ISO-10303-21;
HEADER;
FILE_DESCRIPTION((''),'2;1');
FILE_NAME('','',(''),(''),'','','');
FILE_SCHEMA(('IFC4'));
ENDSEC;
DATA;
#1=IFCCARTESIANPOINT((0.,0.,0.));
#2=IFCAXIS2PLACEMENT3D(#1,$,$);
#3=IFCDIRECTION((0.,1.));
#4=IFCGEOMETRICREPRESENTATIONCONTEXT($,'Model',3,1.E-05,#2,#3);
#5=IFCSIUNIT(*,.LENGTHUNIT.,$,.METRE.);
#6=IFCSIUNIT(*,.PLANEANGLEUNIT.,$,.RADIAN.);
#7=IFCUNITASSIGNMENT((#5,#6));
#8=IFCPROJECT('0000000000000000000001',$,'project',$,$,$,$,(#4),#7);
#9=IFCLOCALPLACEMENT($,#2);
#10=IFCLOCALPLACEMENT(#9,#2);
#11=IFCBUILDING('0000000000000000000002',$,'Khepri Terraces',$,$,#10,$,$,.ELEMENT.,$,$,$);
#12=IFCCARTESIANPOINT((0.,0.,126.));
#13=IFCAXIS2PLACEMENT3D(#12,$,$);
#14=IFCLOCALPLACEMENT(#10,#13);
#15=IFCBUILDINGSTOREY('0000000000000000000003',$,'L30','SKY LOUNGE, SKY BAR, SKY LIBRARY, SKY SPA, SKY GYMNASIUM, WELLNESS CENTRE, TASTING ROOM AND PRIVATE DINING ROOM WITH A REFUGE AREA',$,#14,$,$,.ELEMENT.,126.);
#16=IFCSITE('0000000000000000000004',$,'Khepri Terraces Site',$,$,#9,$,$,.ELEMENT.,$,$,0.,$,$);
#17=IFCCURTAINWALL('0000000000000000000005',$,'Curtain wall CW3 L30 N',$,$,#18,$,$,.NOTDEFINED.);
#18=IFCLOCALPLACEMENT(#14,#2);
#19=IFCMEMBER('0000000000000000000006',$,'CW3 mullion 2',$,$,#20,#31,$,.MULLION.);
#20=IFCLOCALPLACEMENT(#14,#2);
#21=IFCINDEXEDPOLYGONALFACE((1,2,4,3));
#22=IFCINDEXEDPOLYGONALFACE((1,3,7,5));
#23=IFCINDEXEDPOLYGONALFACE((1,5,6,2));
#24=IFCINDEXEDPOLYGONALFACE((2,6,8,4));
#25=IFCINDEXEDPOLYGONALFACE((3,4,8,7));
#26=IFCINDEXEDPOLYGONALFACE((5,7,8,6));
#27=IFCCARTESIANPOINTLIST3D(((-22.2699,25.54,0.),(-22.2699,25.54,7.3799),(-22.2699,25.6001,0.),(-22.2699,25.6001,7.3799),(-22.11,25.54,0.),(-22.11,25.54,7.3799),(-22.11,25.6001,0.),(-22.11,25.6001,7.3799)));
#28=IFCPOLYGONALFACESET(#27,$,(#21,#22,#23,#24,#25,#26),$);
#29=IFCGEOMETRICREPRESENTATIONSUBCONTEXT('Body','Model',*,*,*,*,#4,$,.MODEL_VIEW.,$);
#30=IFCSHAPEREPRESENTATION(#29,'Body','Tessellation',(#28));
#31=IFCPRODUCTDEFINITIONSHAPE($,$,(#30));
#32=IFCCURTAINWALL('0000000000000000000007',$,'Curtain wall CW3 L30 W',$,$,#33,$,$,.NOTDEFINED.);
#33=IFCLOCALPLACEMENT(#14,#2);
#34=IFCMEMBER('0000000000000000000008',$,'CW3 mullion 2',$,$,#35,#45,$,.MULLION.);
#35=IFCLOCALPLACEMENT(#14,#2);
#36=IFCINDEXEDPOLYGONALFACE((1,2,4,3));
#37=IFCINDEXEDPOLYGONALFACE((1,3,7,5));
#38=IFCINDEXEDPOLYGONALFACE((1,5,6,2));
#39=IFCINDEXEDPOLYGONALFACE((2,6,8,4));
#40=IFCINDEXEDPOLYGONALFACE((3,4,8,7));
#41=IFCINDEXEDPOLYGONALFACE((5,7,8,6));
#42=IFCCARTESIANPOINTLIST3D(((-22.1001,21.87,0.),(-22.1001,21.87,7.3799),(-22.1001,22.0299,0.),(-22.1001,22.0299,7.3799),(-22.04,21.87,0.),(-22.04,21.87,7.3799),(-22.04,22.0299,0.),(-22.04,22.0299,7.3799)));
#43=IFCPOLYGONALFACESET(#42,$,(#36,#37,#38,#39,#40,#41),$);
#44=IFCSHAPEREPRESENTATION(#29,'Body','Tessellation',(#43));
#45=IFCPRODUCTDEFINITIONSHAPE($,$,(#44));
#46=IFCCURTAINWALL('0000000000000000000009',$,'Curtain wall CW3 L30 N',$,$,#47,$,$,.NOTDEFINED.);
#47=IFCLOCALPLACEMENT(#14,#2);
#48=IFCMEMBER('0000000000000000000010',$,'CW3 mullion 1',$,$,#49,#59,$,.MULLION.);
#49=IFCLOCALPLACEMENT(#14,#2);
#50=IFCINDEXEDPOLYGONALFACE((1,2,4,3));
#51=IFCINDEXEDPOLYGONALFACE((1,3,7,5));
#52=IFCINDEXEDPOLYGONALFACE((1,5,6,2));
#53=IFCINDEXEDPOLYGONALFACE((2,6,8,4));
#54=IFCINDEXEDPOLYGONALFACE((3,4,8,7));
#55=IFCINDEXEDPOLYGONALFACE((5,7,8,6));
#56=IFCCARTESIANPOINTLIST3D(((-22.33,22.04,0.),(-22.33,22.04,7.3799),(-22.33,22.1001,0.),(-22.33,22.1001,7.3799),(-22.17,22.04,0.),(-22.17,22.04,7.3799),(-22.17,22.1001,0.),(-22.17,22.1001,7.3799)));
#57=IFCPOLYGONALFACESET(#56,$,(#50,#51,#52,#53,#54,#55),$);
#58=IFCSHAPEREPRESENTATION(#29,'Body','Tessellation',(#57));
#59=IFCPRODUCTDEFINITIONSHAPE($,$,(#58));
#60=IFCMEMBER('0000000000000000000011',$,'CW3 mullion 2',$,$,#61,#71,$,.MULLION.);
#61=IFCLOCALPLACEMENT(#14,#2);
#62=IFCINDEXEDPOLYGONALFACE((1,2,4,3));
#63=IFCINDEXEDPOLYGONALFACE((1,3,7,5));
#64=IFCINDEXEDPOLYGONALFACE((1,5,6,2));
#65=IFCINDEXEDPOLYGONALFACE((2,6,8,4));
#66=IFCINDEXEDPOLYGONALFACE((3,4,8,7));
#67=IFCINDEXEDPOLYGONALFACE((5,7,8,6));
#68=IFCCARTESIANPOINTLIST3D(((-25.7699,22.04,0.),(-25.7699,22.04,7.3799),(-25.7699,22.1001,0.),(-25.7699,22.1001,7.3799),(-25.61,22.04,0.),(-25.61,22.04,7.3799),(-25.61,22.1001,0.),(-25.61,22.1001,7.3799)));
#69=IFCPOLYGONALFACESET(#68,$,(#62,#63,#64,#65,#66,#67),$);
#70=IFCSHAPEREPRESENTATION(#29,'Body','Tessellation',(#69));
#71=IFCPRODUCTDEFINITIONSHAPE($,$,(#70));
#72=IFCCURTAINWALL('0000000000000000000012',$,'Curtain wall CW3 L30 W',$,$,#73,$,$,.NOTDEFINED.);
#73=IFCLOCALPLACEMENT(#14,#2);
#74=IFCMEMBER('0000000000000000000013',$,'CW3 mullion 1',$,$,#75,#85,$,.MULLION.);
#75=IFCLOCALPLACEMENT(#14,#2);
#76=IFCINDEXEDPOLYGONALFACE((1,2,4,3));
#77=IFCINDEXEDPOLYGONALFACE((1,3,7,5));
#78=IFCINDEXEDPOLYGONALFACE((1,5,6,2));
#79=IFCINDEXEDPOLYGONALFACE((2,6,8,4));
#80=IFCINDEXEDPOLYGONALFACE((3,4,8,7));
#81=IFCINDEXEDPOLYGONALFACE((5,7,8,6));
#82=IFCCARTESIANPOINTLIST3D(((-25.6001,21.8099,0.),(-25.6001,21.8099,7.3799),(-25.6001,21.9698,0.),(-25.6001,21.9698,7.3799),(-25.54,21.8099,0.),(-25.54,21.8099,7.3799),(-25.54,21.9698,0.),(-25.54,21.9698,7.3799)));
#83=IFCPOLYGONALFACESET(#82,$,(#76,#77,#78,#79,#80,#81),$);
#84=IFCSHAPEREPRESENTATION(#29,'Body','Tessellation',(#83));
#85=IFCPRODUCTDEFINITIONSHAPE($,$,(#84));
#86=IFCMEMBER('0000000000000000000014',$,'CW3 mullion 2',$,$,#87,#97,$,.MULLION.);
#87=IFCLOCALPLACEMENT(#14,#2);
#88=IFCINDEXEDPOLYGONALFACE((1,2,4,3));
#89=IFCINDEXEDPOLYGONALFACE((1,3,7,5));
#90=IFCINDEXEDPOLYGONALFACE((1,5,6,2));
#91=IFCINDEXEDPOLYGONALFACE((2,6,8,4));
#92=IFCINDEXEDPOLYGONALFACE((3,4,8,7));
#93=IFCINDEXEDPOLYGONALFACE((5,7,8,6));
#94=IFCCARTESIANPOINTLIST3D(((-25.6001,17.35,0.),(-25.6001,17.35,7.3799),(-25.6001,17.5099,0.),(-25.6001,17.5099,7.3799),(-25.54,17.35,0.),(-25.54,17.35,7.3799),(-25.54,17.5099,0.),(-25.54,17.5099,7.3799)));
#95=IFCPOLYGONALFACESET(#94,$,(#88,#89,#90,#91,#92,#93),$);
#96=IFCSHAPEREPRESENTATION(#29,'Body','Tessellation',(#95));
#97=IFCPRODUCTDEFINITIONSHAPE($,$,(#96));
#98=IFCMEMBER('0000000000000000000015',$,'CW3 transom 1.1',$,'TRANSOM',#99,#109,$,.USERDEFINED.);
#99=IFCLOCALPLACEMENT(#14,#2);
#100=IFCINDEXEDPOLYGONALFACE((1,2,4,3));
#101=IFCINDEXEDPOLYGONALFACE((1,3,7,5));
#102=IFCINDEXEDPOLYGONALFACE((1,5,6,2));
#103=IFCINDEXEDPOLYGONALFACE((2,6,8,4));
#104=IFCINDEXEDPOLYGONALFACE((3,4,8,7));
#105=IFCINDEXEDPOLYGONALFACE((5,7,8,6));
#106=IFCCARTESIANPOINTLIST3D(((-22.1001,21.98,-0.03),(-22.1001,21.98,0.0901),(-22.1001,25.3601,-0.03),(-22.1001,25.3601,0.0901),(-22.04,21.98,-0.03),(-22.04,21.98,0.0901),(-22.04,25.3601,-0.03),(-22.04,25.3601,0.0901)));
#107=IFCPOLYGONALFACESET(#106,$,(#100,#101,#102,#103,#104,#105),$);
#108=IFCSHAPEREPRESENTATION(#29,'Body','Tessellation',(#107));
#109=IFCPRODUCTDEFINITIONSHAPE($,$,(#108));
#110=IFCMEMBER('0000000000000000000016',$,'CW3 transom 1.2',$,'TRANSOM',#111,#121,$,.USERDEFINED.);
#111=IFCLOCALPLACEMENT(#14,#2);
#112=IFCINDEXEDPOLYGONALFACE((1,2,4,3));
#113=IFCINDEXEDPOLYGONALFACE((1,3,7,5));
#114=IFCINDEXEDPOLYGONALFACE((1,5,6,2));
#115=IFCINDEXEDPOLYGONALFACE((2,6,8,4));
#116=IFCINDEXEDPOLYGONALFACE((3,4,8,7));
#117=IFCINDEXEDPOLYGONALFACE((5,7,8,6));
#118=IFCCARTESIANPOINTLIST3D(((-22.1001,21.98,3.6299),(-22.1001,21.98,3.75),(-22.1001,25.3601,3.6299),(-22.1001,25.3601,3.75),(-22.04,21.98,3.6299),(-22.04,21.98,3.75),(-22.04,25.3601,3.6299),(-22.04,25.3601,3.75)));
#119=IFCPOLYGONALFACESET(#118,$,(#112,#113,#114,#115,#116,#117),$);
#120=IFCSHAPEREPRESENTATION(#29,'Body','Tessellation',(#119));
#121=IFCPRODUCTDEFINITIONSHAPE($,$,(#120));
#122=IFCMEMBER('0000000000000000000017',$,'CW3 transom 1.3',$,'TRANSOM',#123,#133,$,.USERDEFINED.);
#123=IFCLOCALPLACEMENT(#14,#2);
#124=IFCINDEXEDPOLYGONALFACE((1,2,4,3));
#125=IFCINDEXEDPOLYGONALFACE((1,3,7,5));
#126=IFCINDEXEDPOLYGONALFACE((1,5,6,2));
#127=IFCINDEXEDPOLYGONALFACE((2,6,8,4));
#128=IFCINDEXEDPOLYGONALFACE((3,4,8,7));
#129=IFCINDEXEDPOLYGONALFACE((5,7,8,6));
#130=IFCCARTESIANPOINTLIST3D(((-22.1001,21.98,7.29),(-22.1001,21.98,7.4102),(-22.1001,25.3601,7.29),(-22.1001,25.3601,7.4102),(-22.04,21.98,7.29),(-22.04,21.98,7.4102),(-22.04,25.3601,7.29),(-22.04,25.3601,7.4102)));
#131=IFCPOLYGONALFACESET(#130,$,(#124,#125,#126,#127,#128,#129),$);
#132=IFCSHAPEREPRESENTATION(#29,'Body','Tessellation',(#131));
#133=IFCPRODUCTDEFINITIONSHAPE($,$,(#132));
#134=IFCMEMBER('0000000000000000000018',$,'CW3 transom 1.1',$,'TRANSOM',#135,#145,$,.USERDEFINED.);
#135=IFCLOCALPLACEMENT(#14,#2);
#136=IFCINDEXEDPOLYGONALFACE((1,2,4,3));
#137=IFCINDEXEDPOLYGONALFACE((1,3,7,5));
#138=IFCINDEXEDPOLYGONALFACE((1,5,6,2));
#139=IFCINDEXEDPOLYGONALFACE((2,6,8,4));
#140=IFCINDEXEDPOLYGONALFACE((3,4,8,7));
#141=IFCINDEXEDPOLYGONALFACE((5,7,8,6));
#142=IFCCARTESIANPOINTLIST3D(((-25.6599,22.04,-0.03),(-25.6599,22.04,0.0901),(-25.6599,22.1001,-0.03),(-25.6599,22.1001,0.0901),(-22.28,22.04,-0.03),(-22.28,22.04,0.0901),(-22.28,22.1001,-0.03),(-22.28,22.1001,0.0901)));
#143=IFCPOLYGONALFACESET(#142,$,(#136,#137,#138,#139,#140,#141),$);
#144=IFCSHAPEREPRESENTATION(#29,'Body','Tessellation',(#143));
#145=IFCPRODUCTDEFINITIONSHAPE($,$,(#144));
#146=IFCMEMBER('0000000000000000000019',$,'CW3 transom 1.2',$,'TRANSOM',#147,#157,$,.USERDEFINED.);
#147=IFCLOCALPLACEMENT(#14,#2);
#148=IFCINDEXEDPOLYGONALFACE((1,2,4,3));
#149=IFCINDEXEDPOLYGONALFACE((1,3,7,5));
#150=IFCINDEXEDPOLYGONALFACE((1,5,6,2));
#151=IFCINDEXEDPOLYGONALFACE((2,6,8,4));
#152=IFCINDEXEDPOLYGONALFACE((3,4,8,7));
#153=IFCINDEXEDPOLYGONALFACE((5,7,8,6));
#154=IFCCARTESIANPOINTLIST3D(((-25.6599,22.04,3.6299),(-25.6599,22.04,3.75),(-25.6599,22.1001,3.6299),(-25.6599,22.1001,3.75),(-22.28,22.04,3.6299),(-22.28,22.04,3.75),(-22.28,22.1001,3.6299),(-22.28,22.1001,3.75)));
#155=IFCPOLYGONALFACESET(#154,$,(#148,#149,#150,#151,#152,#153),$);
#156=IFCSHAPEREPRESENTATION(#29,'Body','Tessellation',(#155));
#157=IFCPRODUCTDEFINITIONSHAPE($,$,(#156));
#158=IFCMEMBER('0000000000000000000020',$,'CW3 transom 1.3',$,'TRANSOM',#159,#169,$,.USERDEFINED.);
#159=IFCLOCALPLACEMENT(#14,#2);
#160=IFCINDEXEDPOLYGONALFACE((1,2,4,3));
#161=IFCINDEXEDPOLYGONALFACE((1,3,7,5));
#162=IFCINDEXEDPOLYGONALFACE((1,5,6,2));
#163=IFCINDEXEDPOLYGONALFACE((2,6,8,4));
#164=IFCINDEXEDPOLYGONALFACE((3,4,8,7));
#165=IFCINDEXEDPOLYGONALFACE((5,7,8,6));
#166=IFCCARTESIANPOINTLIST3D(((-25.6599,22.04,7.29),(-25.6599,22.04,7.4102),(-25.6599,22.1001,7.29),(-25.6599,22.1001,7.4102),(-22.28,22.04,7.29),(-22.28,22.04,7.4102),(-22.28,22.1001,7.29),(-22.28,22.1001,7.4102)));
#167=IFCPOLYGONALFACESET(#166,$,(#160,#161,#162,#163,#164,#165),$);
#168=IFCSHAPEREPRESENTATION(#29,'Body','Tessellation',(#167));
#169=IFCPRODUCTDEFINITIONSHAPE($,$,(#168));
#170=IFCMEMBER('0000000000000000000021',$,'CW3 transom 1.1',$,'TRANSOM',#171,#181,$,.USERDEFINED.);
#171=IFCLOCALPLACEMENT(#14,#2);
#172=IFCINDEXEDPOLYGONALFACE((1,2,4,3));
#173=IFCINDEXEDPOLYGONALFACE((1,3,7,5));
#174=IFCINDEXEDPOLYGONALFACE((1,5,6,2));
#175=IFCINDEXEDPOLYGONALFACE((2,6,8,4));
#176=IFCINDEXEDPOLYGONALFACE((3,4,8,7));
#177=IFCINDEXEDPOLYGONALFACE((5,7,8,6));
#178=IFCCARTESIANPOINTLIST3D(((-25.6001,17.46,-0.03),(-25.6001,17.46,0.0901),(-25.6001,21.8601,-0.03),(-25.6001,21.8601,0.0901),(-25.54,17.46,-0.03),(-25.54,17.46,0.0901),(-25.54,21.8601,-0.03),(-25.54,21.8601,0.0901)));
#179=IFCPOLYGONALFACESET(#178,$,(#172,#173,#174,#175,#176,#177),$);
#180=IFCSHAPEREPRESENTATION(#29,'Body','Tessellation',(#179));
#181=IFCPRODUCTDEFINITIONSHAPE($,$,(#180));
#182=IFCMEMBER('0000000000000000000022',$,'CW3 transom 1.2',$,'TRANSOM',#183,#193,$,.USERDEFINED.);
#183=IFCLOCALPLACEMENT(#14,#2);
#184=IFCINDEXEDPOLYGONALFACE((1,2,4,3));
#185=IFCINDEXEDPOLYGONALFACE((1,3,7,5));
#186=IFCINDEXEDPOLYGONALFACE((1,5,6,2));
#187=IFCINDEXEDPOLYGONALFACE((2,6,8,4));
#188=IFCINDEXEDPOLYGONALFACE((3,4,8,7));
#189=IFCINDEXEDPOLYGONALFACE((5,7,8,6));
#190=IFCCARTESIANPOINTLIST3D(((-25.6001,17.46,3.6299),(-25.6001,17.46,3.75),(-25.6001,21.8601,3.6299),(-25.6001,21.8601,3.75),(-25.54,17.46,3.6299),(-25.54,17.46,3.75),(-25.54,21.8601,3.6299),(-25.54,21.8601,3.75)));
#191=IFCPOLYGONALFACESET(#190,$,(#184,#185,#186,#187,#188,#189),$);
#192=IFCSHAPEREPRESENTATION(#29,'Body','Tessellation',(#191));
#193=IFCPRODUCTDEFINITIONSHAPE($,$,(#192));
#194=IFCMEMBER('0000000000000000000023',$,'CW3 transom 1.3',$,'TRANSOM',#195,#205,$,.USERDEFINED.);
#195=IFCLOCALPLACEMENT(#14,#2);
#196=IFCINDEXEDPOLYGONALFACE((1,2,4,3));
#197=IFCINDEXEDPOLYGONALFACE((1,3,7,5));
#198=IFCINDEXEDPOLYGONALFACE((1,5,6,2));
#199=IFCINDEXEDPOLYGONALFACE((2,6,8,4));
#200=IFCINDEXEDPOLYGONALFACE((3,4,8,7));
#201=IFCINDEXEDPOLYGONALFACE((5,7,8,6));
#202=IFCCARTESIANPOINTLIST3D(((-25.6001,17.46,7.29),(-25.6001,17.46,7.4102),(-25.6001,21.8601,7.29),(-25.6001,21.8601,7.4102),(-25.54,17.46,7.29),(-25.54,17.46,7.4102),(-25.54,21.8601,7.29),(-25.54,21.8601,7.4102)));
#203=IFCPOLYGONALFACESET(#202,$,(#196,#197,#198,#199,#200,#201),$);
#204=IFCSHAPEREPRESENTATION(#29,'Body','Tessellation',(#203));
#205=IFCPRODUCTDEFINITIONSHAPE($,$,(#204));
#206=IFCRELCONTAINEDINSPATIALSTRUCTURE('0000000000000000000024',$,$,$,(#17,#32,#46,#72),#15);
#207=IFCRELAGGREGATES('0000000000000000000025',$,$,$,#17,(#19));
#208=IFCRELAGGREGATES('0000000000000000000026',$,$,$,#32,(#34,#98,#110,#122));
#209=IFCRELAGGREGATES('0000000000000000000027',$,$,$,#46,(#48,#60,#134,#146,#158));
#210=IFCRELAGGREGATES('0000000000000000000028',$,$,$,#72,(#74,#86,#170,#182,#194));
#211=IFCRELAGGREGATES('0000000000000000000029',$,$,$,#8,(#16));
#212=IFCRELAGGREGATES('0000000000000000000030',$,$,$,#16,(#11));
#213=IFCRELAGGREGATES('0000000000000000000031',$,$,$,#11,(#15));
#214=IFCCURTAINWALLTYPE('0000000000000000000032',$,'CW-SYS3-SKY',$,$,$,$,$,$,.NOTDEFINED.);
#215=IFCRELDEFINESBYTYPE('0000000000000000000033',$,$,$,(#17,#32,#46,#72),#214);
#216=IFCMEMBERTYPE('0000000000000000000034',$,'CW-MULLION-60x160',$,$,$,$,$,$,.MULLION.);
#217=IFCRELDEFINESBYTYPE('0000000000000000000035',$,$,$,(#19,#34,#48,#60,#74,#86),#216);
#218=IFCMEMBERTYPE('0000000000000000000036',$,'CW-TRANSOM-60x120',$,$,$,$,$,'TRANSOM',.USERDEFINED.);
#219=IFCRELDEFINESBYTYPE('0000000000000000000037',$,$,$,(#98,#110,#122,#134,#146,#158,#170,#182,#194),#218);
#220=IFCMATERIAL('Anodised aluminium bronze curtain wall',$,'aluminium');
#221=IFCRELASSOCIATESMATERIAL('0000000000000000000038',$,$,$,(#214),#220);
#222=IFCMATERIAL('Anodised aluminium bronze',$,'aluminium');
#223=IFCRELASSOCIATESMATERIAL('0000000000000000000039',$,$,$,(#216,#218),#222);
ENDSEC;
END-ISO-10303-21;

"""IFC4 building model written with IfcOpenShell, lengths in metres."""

from ifc_helpers import new_model, si_unit, direction, frame, origin, origin_2d, place, context, subcontext, project, spatial, rectangle, extrude, material, material_profile, profile_set, type_object, element, aggregate, save


model = new_model("IFC4")

# Units and contexts
model_context = context("Model", 3, precision=1e-05, world=origin(), true_north=direction((0.0, 1.0)))
body_context = subcontext(model_context, "Body", "Model", "MODEL_VIEW")
ifc_project = project(units=[si_unit("LENGTHUNIT", "METRE"), si_unit("PLANEANGLEUNIT", "RADIAN")], contexts=[model_context])

# Site, building, storey
site_placement = place(None, origin())
site = spatial("IfcSite", under=ifc_project, at=site_placement, Name="Khepri Terraces Site", CompositionType="ELEMENT", RefElevation=0.0)
building_placement = place(site_placement, origin())
building = spatial("IfcBuilding", under=site, at=building_placement, Name="Khepri Terraces", CompositionType="ELEMENT")
storey_placement = place(building_placement, frame((0.0, 0.0, 126.0)))
storey = spatial("IfcBuildingStorey", under=building, at=storey_placement, Name="L30", Description="SKY LOUNGE, SKY BAR, SKY LIBRARY, SKY SPA, SKY GYMNASIUM, WELLNESS CENTRE, TASTING ROOM AND PRIVATE DINING ROOM WITH A REFUGE AREA", CompositionType="ELEMENT", Elevation=126.0)

# Curtain walls, members
ifc_material_1 = material(Name="Anodised aluminium bronze curtain wall", Category="aluminium")
curtain_wall_type = type_object("IfcCurtainWallType", Name="CW-SYS3-SKY", PredefinedType="NOTDEFINED", material=ifc_material_1)
curtain_wall_1_placement = place(storey_placement, origin())
curtain_wall_1 = element("IfcCurtainWall", 1, at=curtain_wall_1_placement, inside=storey, type_object=curtain_wall_type, Name="Curtain wall CW3 L30 N", PredefinedType="NOTDEFINED")
ifc_material_2 = material(Name="Anodised aluminium bronze", Category="aluminium")
ifc_material_profile_1 = material_profile(ifc_material_2, rectangle(XDim=0.0601, YDim=0.1599, at=origin_2d()), Name="Anodised aluminium bronze", Category="aluminium")
ifc_profile_set_1 = profile_set([ifc_material_profile_1], Name="Anodised aluminium bronze")
member_type_1 = type_object("IfcMemberType", Name="CW-MULLION-60x160", PredefinedType="MULLION", material=ifc_profile_set_1)
member_1_placement = place(storey_placement, frame((-22.1899, 25.5701, 0.0), z_axis=(0.0, 0.0, 1.0), x_axis=(0.0, -1.0, 0.0)))
member_1 = element("IfcMember", 2, at=member_1_placement, type_object=member_type_1, Name="CW3 mullion 2", PredefinedType="MULLION", context=body_context, shape_type="SweptSolid", body=[
    extrude(rectangle(XDim=0.0601, YDim=0.1599, at=origin_2d()), origin(), (0.0, 0.0, 1.0), 7.3799),
])
aggregate(curtain_wall_1, [member_1])
curtain_wall_2_placement = place(storey_placement, origin())
curtain_wall_2 = element("IfcCurtainWall", 3, at=curtain_wall_2_placement, inside=storey, type_object=curtain_wall_type, Name="Curtain wall CW3 L30 W", PredefinedType="NOTDEFINED")
member_2_placement = place(storey_placement, frame((-22.0701, 21.95, 0.0), z_axis=(0.0, 0.0, 1.0), x_axis=(1.0, 0.0, 0.0)))
member_2 = element("IfcMember", 4, at=member_2_placement, type_object=member_type_1, Name="CW3 mullion 2", PredefinedType="MULLION", context=body_context, shape_type="SweptSolid", body=[
    extrude(rectangle(XDim=0.0601, YDim=0.1599, at=origin_2d()), origin(), (0.0, 0.0, 1.0), 7.3799),
])

# Curtain walls, members
curtain_wall_3_placement = place(storey_placement, origin())
curtain_wall_3 = element("IfcCurtainWall", 5, at=curtain_wall_3_placement, inside=storey, type_object=curtain_wall_type, Name="Curtain wall CW3 L30 N", PredefinedType="NOTDEFINED")
member_3_placement = place(storey_placement, frame((-22.25, 22.0701, 0.0), z_axis=(0.0, 0.0, 1.0), x_axis=(0.0, -1.0, 0.0)))
member_3 = element("IfcMember", 6, at=member_3_placement, type_object=member_type_1, Name="CW3 mullion 1", PredefinedType="MULLION", context=body_context, shape_type="SweptSolid", body=[
    extrude(rectangle(XDim=0.0601, YDim=0.1599, at=origin_2d()), origin(), (0.0, 0.0, 1.0), 7.3799),
])
member_4_placement = place(storey_placement, frame((-25.6899, 22.0701, 0.0), z_axis=(0.0, 0.0, 1.0), x_axis=(0.0, -1.0, 0.0)))
member_4 = element("IfcMember", 7, at=member_4_placement, type_object=member_type_1, Name="CW3 mullion 2", PredefinedType="MULLION", context=body_context, shape_type="SweptSolid", body=[
    extrude(rectangle(XDim=0.0601, YDim=0.1599, at=origin_2d()), origin(), (0.0, 0.0, 1.0), 7.3799),
])
curtain_wall_4_placement = place(storey_placement, origin())
curtain_wall_4 = element("IfcCurtainWall", 8, at=curtain_wall_4_placement, inside=storey, type_object=curtain_wall_type, Name="Curtain wall CW3 L30 W", PredefinedType="NOTDEFINED")
member_5_placement = place(storey_placement, frame((-25.5701, 21.8899, 0.0), z_axis=(0.0, 0.0, 1.0), x_axis=(1.0, 0.0, 0.0)))
member_5 = element("IfcMember", 9, at=member_5_placement, type_object=member_type_1, Name="CW3 mullion 1", PredefinedType="MULLION", context=body_context, shape_type="SweptSolid", body=[
    extrude(rectangle(XDim=0.0601, YDim=0.1599, at=origin_2d()), origin(), (0.0, 0.0, 1.0), 7.3799),
])
member_6_placement = place(storey_placement, frame((-25.5701, 17.4299, 0.0), z_axis=(0.0, 0.0, 1.0), x_axis=(1.0, 0.0, 0.0)))
member_6 = element("IfcMember", 10, at=member_6_placement, type_object=member_type_1, Name="CW3 mullion 2", PredefinedType="MULLION", context=body_context, shape_type="SweptSolid", body=[
    extrude(rectangle(XDim=0.0601, YDim=0.1599, at=origin_2d()), origin(), (0.0, 0.0, 1.0), 7.3799),
])

# Members
ifc_material_profile_2 = material_profile(ifc_material_2, rectangle(XDim=0.0601, YDim=0.1201, at=origin_2d()), Name="Anodised aluminium bronze", Category="aluminium")
ifc_profile_set_2 = profile_set([ifc_material_profile_2], Name="Anodised aluminium bronze")
member_type_2 = type_object("IfcMemberType", Name="CW-TRANSOM-60x120", ElementType="TRANSOM", PredefinedType="USERDEFINED", material=ifc_profile_set_2)
member_7_placement = place(storey_placement, frame((-22.0701, 25.3601, 0.03), z_axis=(0.0, -1.0, 0.0), x_axis=(1.0, 0.0, 0.0)))
member_7 = element("IfcMember", 11, at=member_7_placement, type_object=member_type_2, Name="CW3 transom 1.1", ObjectType="TRANSOM", PredefinedType="USERDEFINED", context=body_context, shape_type="SweptSolid", body=[
    extrude(rectangle(XDim=0.0601, YDim=0.1201, at=origin_2d()), origin(), (0.0, 0.0, 1.0), 3.3801),
])
member_8_placement = place(storey_placement, frame((-22.0701, 25.3601, 3.6899), z_axis=(0.0, -1.0, 0.0), x_axis=(1.0, 0.0, 0.0)))
member_8 = element("IfcMember", 12, at=member_8_placement, type_object=member_type_2, Name="CW3 transom 1.2", ObjectType="TRANSOM", PredefinedType="USERDEFINED", context=body_context, shape_type="SweptSolid", body=[
    extrude(rectangle(XDim=0.0601, YDim=0.1201, at=origin_2d()), origin(), (0.0, 0.0, 1.0), 3.3801),
])
member_9_placement = place(storey_placement, frame((-22.0701, 25.3601, 7.3501), z_axis=(0.0, -1.0, 0.0), x_axis=(1.0, 0.0, 0.0)))
member_9 = element("IfcMember", 13, at=member_9_placement, type_object=member_type_2, Name="CW3 transom 1.3", ObjectType="TRANSOM", PredefinedType="USERDEFINED", context=body_context, shape_type="SweptSolid", body=[
    extrude(rectangle(XDim=0.0601, YDim=0.1201, at=origin_2d()), origin(), (0.0, 0.0, 1.0), 3.3801),
])
member_10_placement = place(storey_placement, frame((-22.28, 22.0701, 0.03), z_axis=(-1.0, 0.0, 0.0), x_axis=(0.0, -1.0, 0.0)))
member_10 = element("IfcMember", 14, at=member_10_placement, type_object=member_type_2, Name="CW3 transom 1.1", ObjectType="TRANSOM", PredefinedType="USERDEFINED", context=body_context, shape_type="SweptSolid", body=[
    extrude(rectangle(XDim=0.0601, YDim=0.1201, at=origin_2d()), origin(), (0.0, 0.0, 1.0), 3.3799),
])
member_11_placement = place(storey_placement, frame((-22.28, 22.0701, 3.6899), z_axis=(-1.0, 0.0, 0.0), x_axis=(0.0, -1.0, 0.0)))
member_11 = element("IfcMember", 15, at=member_11_placement, type_object=member_type_2, Name="CW3 transom 1.2", ObjectType="TRANSOM", PredefinedType="USERDEFINED", context=body_context, shape_type="SweptSolid", body=[
    extrude(rectangle(XDim=0.0601, YDim=0.1201, at=origin_2d()), origin(), (0.0, 0.0, 1.0), 3.3799),
])
member_12_placement = place(storey_placement, frame((-22.28, 22.0701, 7.3501), z_axis=(-1.0, 0.0, 0.0), x_axis=(0.0, -1.0, 0.0)))
member_12 = element("IfcMember", 16, at=member_12_placement, type_object=member_type_2, Name="CW3 transom 1.3", ObjectType="TRANSOM", PredefinedType="USERDEFINED", context=body_context, shape_type="SweptSolid", body=[
    extrude(rectangle(XDim=0.0601, YDim=0.1201, at=origin_2d()), origin(), (0.0, 0.0, 1.0), 3.3799),
])
member_13_placement = place(storey_placement, frame((-25.5701, 21.8601, 0.03), z_axis=(0.0, -1.0, 0.0), x_axis=(1.0, 0.0, 0.0)))
member_13 = element("IfcMember", 17, at=member_13_placement, type_object=member_type_2, Name="CW3 transom 1.1", ObjectType="TRANSOM", PredefinedType="USERDEFINED", context=body_context, shape_type="SweptSolid", body=[
    extrude(rectangle(XDim=0.0601, YDim=0.1201, at=origin_2d()), origin(), (0.0, 0.0, 1.0), 4.4001),
])
member_14_placement = place(storey_placement, frame((-25.5701, 21.8601, 3.6899), z_axis=(0.0, -1.0, 0.0), x_axis=(1.0, 0.0, 0.0)))
member_14 = element("IfcMember", 18, at=member_14_placement, type_object=member_type_2, Name="CW3 transom 1.2", ObjectType="TRANSOM", PredefinedType="USERDEFINED", context=body_context, shape_type="SweptSolid", body=[
    extrude(rectangle(XDim=0.0601, YDim=0.1201, at=origin_2d()), origin(), (0.0, 0.0, 1.0), 4.4001),
])
member_15_placement = place(storey_placement, frame((-25.5701, 21.8601, 7.3501), z_axis=(0.0, -1.0, 0.0), x_axis=(1.0, 0.0, 0.0)))
member_15 = element("IfcMember", 19, at=member_15_placement, type_object=member_type_2, Name="CW3 transom 1.3", ObjectType="TRANSOM", PredefinedType="USERDEFINED", context=body_context, shape_type="SweptSolid", body=[
    extrude(rectangle(XDim=0.0601, YDim=0.1201, at=origin_2d()), origin(), (0.0, 0.0, 1.0), 4.4001),
])

aggregate(curtain_wall_2, [member_2, member_7, member_8, member_9])
aggregate(curtain_wall_3, [member_3, member_4, member_10, member_11, member_12])
aggregate(curtain_wall_4, [member_5, member_6, member_13, member_14, member_15])

save(model, "model.ifc")
